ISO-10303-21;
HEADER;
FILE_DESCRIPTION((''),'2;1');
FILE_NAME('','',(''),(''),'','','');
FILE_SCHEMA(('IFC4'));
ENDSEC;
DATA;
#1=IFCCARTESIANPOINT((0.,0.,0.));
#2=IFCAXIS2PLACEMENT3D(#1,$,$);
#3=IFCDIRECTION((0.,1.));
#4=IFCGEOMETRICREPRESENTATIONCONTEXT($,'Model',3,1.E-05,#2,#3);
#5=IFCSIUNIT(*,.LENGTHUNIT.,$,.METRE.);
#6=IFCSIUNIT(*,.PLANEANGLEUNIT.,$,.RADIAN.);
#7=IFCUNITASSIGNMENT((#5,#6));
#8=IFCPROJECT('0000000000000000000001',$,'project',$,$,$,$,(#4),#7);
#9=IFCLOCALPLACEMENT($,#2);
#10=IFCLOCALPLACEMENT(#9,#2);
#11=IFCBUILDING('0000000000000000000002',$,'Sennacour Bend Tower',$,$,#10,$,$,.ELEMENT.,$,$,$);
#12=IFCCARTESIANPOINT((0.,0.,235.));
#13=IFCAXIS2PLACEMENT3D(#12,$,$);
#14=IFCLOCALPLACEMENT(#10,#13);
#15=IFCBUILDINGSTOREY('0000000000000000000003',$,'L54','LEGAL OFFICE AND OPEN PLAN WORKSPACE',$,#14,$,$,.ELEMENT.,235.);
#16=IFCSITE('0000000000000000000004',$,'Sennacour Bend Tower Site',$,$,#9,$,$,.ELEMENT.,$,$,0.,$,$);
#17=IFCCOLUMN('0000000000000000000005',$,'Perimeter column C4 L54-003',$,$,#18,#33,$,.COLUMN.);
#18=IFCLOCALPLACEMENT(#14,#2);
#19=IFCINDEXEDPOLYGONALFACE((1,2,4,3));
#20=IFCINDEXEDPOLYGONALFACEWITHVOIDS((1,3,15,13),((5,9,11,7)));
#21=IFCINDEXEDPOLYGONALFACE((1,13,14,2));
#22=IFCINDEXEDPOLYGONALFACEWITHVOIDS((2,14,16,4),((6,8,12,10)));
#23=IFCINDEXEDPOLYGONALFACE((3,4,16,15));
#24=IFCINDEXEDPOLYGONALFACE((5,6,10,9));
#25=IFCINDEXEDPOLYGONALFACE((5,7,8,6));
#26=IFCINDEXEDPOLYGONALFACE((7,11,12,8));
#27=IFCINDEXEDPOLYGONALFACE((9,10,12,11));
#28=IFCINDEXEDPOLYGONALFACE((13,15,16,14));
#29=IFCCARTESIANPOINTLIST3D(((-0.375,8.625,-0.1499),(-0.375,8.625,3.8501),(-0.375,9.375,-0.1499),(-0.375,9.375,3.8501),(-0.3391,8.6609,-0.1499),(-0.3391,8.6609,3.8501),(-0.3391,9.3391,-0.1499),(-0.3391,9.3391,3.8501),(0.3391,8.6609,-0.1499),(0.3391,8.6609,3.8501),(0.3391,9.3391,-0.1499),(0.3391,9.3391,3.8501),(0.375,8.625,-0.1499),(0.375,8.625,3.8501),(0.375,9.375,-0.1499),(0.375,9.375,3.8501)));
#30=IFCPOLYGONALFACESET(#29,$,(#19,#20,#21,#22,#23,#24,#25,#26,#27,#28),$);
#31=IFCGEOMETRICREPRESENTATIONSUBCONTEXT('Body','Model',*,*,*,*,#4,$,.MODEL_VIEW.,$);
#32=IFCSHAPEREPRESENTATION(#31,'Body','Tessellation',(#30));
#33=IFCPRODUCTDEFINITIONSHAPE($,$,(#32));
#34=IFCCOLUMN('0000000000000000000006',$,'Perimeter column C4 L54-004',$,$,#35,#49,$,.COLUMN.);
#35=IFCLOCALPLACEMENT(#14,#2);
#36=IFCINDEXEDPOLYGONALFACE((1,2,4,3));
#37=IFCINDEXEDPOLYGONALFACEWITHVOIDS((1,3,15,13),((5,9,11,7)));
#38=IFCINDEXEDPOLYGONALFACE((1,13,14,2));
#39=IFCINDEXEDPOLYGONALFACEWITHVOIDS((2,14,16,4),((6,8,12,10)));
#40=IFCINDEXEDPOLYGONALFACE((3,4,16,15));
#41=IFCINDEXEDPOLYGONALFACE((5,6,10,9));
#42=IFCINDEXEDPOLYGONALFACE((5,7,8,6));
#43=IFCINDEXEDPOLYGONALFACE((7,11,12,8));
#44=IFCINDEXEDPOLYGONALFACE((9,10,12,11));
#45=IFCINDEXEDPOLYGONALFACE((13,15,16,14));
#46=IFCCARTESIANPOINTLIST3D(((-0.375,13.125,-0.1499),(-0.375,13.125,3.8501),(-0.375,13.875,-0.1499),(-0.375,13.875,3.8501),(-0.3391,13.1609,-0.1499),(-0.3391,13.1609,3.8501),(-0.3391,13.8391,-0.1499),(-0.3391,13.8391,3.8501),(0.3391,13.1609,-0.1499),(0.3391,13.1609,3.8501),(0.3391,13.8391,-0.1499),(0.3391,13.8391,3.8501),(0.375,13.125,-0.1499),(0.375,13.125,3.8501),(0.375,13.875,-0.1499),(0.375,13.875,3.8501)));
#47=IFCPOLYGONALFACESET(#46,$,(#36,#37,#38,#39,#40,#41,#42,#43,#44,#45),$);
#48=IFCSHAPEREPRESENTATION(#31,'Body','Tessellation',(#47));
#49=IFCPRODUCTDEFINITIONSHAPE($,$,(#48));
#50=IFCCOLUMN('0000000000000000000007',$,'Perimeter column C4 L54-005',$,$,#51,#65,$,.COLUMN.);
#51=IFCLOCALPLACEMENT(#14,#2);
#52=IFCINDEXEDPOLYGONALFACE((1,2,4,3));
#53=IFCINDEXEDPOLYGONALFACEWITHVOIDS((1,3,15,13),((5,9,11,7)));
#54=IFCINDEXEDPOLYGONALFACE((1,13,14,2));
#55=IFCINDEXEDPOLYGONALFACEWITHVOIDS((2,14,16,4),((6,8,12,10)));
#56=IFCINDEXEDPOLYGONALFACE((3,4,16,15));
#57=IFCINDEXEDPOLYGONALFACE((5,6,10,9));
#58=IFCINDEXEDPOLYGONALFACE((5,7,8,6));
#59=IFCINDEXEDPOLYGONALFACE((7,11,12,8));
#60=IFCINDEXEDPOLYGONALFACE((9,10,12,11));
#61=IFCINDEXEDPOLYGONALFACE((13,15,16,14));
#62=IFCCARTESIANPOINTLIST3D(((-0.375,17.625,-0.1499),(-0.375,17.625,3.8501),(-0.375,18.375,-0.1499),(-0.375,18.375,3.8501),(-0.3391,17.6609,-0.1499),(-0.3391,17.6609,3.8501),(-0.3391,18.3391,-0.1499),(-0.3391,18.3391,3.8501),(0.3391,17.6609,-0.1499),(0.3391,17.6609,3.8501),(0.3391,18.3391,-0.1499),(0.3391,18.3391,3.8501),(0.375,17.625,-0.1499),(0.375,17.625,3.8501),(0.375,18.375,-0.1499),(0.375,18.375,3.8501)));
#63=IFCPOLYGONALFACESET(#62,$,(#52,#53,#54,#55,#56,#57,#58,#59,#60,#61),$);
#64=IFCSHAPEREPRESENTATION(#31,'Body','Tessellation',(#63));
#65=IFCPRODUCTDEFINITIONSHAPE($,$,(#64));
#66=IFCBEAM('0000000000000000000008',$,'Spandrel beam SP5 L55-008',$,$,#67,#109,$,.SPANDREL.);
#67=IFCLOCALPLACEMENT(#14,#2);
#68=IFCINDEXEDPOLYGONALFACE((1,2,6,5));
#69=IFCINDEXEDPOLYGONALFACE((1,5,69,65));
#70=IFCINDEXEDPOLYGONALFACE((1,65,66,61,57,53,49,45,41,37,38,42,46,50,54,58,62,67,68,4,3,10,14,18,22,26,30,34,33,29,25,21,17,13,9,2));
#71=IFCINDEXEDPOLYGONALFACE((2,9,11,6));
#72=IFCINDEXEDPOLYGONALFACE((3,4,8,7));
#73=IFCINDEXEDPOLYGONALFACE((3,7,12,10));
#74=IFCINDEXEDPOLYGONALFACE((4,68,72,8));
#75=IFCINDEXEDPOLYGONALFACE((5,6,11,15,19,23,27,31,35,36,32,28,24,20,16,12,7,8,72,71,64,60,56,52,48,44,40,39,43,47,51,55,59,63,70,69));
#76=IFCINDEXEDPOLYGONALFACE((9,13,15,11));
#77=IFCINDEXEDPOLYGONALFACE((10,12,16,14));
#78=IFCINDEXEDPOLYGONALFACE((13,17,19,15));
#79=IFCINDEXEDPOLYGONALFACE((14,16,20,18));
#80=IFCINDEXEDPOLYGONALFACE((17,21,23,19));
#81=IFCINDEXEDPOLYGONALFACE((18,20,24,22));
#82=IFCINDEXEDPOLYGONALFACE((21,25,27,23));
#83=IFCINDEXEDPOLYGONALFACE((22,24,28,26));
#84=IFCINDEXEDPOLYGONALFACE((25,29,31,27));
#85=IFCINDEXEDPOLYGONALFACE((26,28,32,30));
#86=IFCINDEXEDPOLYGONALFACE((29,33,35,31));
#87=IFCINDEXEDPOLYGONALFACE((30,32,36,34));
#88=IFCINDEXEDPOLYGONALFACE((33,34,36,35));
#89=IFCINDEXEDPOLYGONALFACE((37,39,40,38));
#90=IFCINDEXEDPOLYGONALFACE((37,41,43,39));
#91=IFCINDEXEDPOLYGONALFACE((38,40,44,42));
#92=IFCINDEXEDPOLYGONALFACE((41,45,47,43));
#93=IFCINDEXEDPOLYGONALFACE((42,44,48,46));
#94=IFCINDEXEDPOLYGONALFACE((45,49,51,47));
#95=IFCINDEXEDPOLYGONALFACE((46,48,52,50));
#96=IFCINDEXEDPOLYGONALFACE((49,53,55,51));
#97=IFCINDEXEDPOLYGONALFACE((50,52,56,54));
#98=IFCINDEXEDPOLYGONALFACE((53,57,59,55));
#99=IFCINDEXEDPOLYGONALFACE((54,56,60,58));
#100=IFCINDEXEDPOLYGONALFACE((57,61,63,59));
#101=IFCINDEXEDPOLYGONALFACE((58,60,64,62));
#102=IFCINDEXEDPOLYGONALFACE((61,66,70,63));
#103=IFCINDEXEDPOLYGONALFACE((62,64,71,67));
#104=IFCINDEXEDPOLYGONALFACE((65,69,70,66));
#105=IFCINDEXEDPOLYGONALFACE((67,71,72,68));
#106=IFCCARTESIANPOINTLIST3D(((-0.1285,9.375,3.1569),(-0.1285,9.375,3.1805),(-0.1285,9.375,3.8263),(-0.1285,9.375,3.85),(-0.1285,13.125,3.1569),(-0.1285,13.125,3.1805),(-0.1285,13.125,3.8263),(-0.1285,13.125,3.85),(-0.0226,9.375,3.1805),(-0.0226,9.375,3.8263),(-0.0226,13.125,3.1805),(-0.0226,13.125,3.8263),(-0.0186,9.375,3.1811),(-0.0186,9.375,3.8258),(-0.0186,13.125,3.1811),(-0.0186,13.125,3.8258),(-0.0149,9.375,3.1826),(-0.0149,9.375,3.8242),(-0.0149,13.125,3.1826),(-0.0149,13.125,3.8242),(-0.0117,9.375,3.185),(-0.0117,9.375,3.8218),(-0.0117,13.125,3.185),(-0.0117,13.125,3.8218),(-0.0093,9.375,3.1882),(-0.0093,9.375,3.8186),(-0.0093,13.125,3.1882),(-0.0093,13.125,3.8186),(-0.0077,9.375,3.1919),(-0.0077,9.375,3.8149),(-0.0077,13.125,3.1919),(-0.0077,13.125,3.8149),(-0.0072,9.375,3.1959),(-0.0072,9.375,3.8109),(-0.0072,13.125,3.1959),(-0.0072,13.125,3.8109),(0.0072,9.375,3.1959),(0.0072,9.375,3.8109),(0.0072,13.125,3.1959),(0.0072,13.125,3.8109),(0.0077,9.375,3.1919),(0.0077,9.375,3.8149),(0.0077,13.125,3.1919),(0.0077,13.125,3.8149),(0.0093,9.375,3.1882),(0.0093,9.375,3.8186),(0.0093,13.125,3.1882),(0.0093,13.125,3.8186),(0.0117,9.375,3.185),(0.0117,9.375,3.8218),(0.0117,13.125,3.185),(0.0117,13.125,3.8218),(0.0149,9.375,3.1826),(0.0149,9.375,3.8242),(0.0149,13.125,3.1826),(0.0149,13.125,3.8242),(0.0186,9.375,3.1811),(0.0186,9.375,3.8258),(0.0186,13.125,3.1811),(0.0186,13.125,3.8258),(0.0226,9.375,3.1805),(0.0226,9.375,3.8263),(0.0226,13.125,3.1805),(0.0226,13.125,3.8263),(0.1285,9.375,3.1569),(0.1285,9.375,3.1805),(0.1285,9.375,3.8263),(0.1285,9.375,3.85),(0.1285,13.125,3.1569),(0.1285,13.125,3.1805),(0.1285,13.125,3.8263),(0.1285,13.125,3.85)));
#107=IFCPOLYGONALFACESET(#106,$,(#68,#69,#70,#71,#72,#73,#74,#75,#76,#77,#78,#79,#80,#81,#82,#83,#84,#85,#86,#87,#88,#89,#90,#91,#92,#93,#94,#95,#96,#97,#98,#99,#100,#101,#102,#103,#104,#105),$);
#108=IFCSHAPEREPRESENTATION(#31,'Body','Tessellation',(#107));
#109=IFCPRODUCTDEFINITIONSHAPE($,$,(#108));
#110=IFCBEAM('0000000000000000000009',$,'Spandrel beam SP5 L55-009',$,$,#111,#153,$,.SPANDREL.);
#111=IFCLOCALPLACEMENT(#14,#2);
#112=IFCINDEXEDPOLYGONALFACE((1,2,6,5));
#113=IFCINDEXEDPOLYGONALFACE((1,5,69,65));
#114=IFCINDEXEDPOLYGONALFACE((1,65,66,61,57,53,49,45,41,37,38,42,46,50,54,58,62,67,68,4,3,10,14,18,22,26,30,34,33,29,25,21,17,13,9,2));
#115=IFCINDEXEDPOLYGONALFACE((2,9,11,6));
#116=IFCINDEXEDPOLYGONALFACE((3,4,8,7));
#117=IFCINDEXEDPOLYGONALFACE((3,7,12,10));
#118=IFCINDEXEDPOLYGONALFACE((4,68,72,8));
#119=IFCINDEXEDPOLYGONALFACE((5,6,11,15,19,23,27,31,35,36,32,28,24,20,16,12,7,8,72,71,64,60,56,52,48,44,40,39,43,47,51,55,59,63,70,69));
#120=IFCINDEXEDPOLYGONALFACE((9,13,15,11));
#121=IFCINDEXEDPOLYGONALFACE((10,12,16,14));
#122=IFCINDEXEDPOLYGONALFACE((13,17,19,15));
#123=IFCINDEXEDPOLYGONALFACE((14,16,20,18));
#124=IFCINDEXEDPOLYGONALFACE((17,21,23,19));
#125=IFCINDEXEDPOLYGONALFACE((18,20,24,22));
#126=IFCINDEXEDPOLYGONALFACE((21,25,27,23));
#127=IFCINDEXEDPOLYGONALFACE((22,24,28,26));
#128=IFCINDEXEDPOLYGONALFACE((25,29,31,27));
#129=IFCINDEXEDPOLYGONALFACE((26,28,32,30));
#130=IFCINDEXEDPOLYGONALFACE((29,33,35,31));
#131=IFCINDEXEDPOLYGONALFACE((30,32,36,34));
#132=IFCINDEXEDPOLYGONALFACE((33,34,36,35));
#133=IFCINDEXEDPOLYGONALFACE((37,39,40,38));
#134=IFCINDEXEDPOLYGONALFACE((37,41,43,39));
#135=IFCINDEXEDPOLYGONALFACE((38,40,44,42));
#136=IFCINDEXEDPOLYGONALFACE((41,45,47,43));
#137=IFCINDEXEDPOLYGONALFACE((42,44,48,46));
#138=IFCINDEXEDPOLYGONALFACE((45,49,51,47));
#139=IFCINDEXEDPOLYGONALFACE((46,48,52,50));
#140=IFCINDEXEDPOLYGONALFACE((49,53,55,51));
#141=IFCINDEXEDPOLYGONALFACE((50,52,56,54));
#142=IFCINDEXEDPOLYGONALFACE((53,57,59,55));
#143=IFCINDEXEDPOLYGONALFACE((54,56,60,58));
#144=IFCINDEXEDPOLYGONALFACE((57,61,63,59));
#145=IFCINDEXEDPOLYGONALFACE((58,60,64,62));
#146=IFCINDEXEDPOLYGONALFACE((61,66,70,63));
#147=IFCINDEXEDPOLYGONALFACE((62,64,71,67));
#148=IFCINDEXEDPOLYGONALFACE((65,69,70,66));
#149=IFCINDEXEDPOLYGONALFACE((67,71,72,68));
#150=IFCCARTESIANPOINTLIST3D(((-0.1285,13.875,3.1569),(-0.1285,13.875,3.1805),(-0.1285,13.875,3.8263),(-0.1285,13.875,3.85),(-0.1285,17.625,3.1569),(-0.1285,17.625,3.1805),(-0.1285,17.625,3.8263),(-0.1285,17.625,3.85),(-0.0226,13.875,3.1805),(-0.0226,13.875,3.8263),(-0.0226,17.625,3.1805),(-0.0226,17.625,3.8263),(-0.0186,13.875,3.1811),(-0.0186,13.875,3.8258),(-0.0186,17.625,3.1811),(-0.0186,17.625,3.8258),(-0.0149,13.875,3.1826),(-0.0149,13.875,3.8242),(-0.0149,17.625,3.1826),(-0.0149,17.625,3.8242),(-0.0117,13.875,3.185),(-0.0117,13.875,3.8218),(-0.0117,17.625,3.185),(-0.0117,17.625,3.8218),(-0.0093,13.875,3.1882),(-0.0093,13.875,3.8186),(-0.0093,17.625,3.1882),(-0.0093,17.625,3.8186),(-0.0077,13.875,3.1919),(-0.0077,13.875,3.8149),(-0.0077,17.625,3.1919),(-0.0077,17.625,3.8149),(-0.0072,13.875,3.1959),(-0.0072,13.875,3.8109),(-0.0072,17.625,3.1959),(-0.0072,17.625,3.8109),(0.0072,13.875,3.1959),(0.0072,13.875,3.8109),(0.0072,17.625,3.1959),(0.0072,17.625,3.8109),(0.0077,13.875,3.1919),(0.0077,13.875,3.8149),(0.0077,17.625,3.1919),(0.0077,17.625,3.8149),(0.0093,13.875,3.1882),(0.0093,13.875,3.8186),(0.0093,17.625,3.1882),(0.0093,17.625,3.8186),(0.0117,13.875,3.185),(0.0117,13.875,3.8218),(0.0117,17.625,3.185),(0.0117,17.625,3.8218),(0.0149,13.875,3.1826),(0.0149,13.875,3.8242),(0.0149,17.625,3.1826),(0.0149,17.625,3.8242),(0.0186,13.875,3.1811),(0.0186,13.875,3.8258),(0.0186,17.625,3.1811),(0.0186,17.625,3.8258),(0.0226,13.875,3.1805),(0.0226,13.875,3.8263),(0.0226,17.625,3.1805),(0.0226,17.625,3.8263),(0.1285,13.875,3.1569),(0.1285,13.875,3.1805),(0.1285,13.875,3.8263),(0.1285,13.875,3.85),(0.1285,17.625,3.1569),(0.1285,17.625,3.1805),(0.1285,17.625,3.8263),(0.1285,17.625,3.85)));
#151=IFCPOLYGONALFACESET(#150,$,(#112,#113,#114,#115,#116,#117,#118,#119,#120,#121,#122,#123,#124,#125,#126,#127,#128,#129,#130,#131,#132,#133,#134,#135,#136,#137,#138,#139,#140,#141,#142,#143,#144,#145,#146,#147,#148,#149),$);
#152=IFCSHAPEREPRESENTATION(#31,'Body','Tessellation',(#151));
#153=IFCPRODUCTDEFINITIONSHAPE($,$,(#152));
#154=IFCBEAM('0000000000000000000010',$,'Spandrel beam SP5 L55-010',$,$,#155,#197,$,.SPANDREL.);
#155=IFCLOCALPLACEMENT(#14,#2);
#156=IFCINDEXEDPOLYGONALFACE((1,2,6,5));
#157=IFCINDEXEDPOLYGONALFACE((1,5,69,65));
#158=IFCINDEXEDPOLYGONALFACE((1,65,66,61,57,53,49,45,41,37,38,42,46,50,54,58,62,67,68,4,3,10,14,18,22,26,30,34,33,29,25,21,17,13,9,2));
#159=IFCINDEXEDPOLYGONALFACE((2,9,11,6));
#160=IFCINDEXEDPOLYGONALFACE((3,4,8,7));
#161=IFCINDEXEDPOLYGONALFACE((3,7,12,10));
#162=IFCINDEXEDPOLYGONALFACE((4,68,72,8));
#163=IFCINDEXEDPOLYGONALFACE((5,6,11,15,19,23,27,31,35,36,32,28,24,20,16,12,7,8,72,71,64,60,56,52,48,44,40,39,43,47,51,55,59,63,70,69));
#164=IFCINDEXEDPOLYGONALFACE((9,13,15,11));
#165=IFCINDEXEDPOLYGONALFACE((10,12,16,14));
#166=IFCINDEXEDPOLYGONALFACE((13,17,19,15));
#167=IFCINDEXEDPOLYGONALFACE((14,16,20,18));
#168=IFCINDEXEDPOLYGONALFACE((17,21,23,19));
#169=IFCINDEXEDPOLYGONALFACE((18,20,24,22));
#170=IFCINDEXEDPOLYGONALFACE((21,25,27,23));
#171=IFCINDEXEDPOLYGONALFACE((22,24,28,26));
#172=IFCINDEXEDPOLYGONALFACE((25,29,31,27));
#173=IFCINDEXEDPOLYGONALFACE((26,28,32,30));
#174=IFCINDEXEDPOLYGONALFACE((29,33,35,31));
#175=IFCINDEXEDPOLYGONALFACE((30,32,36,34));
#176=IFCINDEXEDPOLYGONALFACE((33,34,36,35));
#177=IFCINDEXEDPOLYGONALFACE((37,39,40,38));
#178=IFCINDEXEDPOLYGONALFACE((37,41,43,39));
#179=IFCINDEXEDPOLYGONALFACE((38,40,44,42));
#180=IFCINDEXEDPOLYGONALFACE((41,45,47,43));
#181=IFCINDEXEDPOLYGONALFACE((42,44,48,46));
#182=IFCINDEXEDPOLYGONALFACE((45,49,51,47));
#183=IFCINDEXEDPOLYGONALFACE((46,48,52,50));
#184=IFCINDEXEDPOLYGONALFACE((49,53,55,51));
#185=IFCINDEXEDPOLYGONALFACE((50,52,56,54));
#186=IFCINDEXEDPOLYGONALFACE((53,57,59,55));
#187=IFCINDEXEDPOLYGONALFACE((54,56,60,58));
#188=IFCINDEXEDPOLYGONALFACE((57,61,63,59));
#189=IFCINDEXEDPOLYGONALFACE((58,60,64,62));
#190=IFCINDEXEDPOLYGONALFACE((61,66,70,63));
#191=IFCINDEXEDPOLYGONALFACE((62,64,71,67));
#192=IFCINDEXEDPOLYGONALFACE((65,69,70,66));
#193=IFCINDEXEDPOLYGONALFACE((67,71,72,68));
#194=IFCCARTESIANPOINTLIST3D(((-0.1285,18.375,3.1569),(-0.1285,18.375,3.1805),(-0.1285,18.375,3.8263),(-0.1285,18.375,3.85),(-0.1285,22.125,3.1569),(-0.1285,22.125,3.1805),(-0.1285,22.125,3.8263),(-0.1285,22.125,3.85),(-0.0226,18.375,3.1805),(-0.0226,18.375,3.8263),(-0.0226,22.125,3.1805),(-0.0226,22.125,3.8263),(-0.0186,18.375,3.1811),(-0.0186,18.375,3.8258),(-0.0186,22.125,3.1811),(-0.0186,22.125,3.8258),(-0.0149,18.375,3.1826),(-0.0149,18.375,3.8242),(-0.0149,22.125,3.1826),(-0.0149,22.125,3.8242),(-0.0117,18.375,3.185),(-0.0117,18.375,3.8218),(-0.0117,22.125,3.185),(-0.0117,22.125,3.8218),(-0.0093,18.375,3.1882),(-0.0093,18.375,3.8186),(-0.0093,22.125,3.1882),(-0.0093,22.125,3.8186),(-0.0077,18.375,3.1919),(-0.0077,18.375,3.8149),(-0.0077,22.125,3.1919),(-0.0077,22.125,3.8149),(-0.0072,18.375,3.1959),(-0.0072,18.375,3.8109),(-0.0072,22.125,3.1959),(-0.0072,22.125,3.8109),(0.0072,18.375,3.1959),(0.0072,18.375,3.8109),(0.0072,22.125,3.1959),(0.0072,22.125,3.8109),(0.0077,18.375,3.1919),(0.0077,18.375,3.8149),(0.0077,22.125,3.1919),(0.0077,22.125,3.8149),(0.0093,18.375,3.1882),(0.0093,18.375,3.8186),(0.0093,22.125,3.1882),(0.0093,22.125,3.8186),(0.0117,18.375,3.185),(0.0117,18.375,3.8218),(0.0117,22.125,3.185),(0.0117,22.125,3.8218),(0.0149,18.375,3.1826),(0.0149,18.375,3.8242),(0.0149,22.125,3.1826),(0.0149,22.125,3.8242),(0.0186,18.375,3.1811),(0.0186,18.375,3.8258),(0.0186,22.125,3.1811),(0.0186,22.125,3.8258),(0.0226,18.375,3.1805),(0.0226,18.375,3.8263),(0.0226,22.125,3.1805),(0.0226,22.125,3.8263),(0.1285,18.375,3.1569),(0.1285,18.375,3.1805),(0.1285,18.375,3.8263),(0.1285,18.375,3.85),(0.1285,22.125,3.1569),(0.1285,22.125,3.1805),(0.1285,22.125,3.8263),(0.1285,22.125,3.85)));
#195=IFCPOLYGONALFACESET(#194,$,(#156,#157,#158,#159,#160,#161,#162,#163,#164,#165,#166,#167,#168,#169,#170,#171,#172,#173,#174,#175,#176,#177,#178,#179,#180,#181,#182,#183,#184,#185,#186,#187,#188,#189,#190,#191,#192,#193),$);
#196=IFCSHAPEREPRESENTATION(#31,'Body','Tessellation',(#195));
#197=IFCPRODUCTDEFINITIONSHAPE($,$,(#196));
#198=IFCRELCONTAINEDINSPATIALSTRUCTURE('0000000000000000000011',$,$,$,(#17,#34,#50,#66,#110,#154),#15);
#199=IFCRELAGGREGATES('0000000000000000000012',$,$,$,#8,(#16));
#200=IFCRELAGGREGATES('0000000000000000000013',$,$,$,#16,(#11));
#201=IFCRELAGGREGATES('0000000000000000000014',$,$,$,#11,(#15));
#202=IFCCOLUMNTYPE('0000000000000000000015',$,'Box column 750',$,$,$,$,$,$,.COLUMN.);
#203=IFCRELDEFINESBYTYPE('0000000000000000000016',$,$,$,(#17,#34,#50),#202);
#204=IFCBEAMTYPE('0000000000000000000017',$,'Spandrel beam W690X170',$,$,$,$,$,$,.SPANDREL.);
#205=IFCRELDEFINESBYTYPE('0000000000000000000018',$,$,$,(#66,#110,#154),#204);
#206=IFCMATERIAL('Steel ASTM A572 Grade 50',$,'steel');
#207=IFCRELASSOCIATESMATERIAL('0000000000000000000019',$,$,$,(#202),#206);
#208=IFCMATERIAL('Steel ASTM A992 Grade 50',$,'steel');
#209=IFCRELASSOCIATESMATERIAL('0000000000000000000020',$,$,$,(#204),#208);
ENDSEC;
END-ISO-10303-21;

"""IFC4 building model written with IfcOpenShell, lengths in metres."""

from ifc_helpers import new_model, si_unit, direction, frame, origin, origin_2d, place, context, subcontext, project, spatial, hollow_rectangle, i_section, extrude, material, material_profile, profile_set, type_object, element, save


model = new_model("IFC4")

# Units and contexts
model_context = context("Model", 3, precision=1e-05, world=origin(), true_north=direction((0.0, 1.0)))
body_context = subcontext(model_context, "Body", "Model", "MODEL_VIEW")
ifc_project = project(units=[si_unit("LENGTHUNIT", "METRE"), si_unit("PLANEANGLEUNIT", "RADIAN")], contexts=[model_context])

# Site, building, storey
site_placement = place(None, origin())
site = spatial("IfcSite", under=ifc_project, at=site_placement, Name="Sennacour Bend Tower Site", CompositionType="ELEMENT", RefElevation=0.0)
building_placement = place(site_placement, origin())
building = spatial("IfcBuilding", under=site, at=building_placement, Name="Sennacour Bend Tower", CompositionType="ELEMENT")
storey_placement = place(building_placement, frame((0.0, 0.0, 235.0)))
storey = spatial("IfcBuildingStorey", under=building, at=storey_placement, Name="L54", Description="LEGAL OFFICE AND OPEN PLAN WORKSPACE", CompositionType="ELEMENT", Elevation=235.0)

# Columns
ifc_material_1 = material(Name="Steel ASTM A572 Grade 50", Category="steel")
ifc_material_profile_1 = material_profile(ifc_material_1, hollow_rectangle(XDim=0.75, YDim=0.75, WallThickness=0.0359, at=origin_2d()), Name="Steel ASTM A572 Grade 50", Category="steel")
ifc_profile_set_1 = profile_set([ifc_material_profile_1], Name="Steel ASTM A572 Grade 50")
column_type = type_object("IfcColumnType", Name="Box column 750", PredefinedType="COLUMN", material=ifc_profile_set_1)
for number, where, z_axis, x_axis, name in (
    (1, (0.0, 9.0, -0.1499), (0.0, 0.0, 1.0), (1.0, 0.0, 0.0), "Perimeter column C4 L54-003"),
    (2, (0.0, 13.5, -0.1499), (0.0, 0.0, 1.0), (1.0, 0.0, 0.0), "Perimeter column C4 L54-004"),
    (3, (0.0, 18.0, -0.1499), (0.0, 0.0, 1.0), (1.0, 0.0, 0.0), "Perimeter column C4 L54-005"),
):
    element("IfcColumn", number, at=place(storey_placement, frame(where, z_axis=z_axis, x_axis=x_axis)), inside=storey, type_object=column_type, Name=name, PredefinedType="COLUMN", context=body_context, shape_type="SweptSolid", body=[
        extrude(hollow_rectangle(XDim=0.75, YDim=0.75, WallThickness=0.0359, at=origin_2d()), origin(), (0.0, 0.0, 1.0), 4.0),
    ])

# Beams
ifc_material_2 = material(Name="Steel ASTM A992 Grade 50", Category="steel")
ifc_material_profile_2 = material_profile(ifc_material_2, i_section(OverallWidth=0.2571, OverallDepth=0.6931, WebThickness=0.0144, FlangeThickness=0.0237, FilletRadius=0.0154, at=origin_2d()), Name="Steel ASTM A992 Grade 50", Category="steel")
ifc_profile_set_2 = profile_set([ifc_material_profile_2], Name="Steel ASTM A992 Grade 50")
beam_type = type_object("IfcBeamType", Name="Spandrel beam W690X170", PredefinedType="SPANDREL", material=ifc_profile_set_2)
for number, where, z_axis, x_axis, name in (
    (4, (0.0, 9.375, 3.5034), (0.0, 1.0, 0.0), (-1.0, 0.0, 0.0), "Spandrel beam SP5 L55-008"),
    (5, (0.0, 13.875, 3.5034), (0.0, 1.0, 0.0), (-1.0, 0.0, 0.0), "Spandrel beam SP5 L55-009"),
    (6, (0.0, 18.375, 3.5034), (0.0, 1.0, 0.0), (-1.0, 0.0, 0.0), "Spandrel beam SP5 L55-010"),
):
    element("IfcBeam", number, at=place(storey_placement, frame(where, z_axis=z_axis, x_axis=x_axis)), inside=storey, type_object=beam_type, Name=name, PredefinedType="SPANDREL", context=body_context, shape_type="SweptSolid", body=[
        extrude(i_section(OverallWidth=0.2571, OverallDepth=0.6931, WebThickness=0.0144, FlangeThickness=0.0237, FilletRadius=0.0154, at=origin_2d()), origin(), (0.0, 0.0, 1.0), 3.75),
    ])

save(model, "model.ifc")
